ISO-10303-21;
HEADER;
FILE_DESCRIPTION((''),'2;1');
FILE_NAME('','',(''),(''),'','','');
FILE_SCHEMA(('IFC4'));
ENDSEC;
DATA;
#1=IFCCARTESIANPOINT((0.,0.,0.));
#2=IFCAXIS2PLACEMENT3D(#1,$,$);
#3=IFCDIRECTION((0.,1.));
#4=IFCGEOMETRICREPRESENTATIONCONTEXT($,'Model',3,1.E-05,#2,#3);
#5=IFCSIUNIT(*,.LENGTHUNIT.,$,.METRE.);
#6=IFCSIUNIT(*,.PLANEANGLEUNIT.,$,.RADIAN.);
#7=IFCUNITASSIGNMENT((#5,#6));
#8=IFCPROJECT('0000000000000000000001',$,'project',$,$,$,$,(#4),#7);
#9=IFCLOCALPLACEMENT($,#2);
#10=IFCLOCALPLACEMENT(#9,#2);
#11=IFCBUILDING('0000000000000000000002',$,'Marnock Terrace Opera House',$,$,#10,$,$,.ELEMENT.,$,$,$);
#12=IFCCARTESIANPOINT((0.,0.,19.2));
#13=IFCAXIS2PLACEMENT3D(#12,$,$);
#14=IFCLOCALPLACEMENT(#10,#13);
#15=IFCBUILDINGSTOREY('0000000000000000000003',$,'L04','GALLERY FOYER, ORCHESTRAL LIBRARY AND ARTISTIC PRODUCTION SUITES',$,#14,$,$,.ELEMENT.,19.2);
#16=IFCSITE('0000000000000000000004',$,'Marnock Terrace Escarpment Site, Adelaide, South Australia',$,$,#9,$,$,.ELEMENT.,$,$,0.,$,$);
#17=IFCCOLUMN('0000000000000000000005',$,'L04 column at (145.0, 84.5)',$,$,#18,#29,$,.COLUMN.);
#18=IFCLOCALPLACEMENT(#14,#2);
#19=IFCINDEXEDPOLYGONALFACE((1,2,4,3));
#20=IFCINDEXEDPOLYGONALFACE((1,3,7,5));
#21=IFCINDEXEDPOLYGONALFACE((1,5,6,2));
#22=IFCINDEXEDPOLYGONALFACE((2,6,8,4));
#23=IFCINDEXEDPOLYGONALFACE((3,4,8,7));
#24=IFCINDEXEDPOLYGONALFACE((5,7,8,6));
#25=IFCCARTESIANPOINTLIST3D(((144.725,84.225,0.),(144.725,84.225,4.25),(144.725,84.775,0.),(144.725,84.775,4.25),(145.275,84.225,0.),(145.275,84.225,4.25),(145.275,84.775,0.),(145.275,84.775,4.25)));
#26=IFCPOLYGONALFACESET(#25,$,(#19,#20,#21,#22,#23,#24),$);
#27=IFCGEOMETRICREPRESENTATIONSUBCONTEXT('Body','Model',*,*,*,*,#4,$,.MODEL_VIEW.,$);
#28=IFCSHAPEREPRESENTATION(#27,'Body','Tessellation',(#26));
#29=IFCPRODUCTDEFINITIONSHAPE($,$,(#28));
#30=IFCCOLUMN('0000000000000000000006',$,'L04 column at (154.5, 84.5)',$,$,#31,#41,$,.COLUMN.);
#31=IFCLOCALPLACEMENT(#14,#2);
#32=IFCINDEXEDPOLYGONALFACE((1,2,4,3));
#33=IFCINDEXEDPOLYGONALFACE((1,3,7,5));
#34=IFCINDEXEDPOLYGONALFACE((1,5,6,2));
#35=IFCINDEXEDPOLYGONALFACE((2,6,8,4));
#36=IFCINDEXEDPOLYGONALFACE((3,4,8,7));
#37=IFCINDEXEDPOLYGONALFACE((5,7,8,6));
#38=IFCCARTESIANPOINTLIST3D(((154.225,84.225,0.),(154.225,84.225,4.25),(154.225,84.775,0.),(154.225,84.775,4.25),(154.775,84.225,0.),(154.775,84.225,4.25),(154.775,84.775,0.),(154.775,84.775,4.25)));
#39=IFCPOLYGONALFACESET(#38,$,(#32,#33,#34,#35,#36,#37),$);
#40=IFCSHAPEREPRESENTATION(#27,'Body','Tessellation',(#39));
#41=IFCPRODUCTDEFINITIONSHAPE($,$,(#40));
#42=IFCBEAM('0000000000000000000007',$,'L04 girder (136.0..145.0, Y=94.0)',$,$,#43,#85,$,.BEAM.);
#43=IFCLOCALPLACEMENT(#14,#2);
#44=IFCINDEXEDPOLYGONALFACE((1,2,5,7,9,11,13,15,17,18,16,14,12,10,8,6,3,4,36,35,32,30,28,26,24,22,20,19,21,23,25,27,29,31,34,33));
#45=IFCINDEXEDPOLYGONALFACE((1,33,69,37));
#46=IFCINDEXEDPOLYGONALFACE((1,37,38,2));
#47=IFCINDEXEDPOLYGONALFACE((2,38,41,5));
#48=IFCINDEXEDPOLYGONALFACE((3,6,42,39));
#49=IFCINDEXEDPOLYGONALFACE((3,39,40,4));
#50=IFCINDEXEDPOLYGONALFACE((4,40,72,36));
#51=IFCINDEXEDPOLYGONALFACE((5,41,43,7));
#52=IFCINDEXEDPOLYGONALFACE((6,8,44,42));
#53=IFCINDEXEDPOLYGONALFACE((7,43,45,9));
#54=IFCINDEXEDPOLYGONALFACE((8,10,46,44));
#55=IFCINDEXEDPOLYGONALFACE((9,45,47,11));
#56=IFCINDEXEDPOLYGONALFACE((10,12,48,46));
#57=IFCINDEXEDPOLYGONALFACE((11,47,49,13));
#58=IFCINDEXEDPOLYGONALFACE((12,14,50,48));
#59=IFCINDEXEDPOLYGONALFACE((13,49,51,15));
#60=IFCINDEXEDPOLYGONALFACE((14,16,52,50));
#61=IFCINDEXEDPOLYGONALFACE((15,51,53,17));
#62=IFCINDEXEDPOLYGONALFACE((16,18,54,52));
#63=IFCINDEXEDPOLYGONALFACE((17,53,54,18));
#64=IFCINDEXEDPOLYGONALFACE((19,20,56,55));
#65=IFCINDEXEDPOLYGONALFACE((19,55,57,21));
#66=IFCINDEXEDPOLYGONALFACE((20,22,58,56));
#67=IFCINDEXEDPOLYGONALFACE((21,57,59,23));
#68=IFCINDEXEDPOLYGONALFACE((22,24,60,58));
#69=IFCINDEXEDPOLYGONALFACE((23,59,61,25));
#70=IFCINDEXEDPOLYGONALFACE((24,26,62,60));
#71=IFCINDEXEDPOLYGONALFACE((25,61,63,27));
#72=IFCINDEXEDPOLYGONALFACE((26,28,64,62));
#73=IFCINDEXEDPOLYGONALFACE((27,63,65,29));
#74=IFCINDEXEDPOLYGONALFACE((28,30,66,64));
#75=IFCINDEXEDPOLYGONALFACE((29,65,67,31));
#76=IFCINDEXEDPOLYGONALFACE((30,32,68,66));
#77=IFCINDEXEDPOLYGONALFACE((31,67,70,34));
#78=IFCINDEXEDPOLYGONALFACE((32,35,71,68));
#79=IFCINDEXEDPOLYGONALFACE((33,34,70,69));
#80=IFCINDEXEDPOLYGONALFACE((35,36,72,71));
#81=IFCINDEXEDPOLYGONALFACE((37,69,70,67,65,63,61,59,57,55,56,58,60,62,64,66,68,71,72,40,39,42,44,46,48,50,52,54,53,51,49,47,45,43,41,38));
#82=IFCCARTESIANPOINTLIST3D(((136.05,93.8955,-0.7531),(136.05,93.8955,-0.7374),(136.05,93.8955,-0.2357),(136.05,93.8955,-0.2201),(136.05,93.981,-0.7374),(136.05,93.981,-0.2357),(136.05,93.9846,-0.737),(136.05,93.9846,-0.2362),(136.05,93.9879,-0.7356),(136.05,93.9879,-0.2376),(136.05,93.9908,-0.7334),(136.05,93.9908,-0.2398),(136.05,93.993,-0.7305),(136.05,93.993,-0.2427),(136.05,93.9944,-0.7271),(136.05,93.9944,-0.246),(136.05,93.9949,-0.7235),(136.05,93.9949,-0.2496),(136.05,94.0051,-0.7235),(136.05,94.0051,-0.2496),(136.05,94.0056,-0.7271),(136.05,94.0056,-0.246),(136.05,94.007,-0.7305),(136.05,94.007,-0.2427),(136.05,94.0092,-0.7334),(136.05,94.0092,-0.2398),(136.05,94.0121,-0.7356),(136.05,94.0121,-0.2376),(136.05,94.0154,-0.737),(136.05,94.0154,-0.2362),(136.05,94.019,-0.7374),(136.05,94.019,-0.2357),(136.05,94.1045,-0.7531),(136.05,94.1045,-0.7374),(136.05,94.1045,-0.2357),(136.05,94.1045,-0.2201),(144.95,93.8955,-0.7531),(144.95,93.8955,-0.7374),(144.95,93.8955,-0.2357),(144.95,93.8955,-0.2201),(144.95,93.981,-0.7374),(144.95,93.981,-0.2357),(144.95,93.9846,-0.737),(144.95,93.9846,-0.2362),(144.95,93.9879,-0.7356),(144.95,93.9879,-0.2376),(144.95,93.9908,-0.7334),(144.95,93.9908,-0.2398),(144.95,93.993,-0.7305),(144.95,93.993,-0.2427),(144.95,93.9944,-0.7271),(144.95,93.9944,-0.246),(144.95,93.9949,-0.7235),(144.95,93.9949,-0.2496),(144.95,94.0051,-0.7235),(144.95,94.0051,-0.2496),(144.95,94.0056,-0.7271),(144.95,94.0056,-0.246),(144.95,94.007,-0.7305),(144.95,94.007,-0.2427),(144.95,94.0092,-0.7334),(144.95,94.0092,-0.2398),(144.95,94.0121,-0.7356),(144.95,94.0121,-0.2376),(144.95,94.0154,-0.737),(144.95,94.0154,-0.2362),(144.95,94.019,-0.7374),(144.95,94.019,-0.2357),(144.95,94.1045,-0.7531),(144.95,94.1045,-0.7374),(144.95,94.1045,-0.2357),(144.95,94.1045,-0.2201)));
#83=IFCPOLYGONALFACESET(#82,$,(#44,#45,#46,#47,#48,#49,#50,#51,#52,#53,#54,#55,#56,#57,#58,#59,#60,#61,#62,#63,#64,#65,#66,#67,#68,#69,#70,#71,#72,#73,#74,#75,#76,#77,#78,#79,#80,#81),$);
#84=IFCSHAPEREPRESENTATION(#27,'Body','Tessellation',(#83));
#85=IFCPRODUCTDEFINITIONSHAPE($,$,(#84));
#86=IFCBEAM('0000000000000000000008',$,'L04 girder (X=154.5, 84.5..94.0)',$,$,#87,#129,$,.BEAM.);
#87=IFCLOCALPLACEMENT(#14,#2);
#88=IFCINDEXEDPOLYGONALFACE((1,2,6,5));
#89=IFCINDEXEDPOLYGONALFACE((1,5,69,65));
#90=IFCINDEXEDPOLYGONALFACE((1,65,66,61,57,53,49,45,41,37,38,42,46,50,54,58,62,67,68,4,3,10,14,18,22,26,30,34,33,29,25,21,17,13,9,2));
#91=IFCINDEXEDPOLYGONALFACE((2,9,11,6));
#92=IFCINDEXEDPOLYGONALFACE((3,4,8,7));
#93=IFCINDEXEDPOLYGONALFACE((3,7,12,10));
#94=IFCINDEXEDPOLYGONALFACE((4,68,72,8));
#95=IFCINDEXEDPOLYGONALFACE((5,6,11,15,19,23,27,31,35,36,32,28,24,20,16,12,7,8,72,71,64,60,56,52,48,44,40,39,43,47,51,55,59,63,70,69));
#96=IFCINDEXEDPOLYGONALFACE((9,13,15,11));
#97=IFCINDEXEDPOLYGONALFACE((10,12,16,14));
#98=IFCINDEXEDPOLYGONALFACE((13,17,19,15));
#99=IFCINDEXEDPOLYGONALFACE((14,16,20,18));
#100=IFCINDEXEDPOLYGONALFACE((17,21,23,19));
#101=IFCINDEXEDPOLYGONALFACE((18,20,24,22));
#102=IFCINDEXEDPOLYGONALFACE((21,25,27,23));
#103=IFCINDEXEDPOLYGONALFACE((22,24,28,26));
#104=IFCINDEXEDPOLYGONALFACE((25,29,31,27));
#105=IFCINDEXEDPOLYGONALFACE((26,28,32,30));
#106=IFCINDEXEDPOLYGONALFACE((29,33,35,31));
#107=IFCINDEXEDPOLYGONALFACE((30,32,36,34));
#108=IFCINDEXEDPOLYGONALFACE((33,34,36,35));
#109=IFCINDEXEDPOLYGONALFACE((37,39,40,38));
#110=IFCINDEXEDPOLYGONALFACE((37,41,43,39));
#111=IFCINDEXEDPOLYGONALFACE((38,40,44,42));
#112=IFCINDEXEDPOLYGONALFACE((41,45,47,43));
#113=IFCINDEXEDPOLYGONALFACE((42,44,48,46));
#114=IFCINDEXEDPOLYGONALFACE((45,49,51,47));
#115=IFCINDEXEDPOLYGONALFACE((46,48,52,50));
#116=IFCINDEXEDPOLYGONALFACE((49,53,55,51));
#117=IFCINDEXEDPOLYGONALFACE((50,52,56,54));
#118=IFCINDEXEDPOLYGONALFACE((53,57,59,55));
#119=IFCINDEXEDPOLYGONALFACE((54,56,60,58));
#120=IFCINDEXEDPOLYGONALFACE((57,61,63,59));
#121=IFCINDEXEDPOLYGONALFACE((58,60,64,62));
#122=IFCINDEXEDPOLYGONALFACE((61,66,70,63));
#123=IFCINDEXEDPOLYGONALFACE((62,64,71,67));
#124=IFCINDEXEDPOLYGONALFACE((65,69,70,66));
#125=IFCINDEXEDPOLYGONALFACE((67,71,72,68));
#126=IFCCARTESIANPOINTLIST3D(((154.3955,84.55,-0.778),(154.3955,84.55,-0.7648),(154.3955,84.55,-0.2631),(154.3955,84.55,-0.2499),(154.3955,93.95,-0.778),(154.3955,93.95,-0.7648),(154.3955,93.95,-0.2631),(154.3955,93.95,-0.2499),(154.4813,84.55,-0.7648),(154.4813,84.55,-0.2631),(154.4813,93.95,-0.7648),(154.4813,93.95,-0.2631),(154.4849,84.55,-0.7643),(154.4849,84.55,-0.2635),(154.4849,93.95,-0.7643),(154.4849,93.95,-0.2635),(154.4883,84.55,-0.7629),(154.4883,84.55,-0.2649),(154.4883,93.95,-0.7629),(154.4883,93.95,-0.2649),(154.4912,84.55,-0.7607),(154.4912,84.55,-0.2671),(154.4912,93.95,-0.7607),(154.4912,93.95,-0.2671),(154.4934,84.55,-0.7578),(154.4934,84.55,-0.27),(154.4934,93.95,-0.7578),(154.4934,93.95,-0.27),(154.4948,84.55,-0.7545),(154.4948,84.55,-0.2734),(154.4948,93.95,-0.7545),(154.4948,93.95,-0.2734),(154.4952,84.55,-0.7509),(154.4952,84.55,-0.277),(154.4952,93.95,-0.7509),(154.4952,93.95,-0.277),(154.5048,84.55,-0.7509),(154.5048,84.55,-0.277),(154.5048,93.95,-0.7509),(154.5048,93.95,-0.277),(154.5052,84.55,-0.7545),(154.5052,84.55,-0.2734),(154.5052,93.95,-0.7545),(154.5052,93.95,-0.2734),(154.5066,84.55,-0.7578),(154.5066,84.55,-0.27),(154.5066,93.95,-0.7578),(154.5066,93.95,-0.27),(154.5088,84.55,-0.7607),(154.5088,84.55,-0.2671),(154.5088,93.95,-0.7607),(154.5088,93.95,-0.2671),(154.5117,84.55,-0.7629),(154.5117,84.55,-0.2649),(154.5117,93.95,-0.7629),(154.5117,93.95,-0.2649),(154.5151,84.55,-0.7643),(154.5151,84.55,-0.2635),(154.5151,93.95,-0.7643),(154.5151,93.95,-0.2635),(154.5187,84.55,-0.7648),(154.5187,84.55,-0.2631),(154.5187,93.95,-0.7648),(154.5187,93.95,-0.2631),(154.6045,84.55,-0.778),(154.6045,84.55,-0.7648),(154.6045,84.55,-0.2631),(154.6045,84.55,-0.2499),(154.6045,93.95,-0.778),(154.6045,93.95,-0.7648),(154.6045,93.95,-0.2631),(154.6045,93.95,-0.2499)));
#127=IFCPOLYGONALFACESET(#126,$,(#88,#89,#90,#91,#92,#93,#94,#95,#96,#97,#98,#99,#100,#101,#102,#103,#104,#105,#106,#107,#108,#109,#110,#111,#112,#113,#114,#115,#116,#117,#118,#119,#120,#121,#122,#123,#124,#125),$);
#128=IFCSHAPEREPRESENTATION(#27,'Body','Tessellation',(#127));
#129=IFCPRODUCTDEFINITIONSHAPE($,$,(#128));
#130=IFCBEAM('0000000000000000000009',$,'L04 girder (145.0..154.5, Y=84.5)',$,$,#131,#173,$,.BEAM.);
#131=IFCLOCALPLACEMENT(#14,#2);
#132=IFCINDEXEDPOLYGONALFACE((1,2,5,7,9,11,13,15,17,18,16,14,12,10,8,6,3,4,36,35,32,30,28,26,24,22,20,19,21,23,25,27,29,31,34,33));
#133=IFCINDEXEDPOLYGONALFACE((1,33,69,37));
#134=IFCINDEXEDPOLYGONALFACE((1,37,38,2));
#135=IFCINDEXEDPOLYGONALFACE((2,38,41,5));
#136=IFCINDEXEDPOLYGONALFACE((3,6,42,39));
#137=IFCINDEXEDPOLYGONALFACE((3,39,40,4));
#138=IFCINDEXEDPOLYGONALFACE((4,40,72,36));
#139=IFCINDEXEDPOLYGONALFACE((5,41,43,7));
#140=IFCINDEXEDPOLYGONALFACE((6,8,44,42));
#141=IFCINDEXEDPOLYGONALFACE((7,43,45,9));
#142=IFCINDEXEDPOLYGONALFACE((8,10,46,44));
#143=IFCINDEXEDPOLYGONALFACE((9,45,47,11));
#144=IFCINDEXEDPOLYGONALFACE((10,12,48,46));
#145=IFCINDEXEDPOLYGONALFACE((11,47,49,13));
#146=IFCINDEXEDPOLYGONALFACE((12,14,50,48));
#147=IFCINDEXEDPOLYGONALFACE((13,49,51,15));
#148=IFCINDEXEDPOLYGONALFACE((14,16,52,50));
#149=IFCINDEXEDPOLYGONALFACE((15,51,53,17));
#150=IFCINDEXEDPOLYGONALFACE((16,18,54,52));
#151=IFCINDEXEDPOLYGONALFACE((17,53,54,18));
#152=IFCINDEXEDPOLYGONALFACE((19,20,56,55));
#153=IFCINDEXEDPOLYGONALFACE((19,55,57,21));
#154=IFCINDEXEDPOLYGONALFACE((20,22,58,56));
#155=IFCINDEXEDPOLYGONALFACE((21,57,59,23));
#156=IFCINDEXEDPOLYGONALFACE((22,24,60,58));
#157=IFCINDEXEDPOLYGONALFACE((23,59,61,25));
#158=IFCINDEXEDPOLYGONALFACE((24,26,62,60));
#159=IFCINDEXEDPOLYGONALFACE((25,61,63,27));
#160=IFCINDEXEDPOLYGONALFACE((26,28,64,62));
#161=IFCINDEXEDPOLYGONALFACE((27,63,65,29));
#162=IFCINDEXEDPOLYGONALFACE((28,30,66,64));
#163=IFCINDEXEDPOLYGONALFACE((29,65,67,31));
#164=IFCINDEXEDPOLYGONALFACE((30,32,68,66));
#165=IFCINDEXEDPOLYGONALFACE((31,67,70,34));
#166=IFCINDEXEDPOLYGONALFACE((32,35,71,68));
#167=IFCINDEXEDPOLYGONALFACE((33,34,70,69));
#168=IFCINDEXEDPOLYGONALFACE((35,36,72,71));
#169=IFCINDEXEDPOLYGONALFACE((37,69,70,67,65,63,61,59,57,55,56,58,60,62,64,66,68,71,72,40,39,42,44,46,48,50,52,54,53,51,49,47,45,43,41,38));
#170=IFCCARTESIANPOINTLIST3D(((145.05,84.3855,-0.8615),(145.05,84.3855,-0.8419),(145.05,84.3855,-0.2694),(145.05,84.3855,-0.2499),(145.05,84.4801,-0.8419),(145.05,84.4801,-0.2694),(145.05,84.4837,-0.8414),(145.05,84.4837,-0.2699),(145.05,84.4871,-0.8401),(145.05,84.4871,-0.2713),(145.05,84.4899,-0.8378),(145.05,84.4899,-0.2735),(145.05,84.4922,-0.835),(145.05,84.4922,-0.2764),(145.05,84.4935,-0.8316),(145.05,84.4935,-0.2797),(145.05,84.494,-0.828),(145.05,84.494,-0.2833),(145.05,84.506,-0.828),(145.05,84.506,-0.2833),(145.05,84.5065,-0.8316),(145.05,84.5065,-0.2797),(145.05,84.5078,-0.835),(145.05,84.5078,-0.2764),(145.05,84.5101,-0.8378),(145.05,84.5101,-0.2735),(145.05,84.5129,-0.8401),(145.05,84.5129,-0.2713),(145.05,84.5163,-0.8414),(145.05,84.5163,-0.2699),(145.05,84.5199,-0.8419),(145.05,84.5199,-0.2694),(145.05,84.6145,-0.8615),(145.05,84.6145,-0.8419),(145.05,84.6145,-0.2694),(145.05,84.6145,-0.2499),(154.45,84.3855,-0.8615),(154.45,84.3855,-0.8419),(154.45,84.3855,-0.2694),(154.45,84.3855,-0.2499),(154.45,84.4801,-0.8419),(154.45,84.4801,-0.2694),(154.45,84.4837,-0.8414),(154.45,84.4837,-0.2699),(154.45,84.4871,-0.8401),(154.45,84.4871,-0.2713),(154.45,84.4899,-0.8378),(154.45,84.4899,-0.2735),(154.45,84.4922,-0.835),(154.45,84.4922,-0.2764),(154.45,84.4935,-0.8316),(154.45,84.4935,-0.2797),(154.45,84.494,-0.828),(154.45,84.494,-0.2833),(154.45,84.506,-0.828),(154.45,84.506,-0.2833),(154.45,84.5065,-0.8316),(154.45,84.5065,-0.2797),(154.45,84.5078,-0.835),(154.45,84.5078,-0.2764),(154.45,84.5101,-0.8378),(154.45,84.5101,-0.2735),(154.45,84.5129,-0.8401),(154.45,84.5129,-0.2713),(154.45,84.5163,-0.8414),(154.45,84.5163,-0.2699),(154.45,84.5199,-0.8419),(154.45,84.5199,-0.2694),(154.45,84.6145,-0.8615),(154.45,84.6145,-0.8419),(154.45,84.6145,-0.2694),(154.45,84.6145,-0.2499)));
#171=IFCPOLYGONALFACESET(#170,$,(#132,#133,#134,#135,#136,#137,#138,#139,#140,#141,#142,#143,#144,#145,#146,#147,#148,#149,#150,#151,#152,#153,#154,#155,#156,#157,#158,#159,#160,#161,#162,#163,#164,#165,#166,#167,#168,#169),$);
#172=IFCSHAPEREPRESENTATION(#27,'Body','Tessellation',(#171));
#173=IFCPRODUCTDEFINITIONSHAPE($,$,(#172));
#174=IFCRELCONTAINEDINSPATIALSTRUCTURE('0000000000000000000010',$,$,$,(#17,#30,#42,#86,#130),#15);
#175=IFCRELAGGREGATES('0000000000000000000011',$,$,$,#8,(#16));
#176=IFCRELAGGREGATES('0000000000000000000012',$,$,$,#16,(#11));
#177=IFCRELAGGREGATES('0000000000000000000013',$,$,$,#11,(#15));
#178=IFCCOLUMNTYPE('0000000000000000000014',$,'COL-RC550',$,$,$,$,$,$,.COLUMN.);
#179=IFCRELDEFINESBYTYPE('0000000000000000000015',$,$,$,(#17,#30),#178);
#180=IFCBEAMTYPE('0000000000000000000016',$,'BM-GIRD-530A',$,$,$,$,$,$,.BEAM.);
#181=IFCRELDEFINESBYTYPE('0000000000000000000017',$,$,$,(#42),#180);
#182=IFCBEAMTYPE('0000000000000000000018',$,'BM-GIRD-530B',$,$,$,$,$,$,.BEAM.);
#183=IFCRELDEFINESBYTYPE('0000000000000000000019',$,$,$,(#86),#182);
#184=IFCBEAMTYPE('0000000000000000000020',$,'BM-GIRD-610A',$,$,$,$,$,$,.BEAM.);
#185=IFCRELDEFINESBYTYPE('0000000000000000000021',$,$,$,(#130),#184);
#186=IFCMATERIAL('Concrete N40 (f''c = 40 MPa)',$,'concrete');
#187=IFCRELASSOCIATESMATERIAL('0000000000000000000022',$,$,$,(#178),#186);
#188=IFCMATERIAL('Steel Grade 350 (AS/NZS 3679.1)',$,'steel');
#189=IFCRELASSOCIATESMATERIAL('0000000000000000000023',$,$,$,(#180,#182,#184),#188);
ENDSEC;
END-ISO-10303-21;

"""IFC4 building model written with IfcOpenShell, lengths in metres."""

from ifc_helpers import new_model, si_unit, direction, frame, origin, origin_2d, place, context, subcontext, project, spatial, rectangle, i_section, extrude, material, material_profile, profile_set, type_object, element, save


model = new_model("IFC4")

# Units and contexts
model_context = context("Model", 3, precision=1e-05, world=origin(), true_north=direction((0.0, 1.0)))
body_context = subcontext(model_context, "Body", "Model", "MODEL_VIEW")
ifc_project = project(units=[si_unit("LENGTHUNIT", "METRE"), si_unit("PLANEANGLEUNIT", "RADIAN")], contexts=[model_context])

# Site, building, storey
site_placement = place(None, origin())
site = spatial("IfcSite", under=ifc_project, at=site_placement, Name="Marnock Terrace Escarpment Site, Adelaide, South Australia", CompositionType="ELEMENT", RefElevation=0.0)
building_placement = place(site_placement, origin())
building = spatial("IfcBuilding", under=site, at=building_placement, Name="Marnock Terrace Opera House", CompositionType="ELEMENT")
storey_placement = place(building_placement, frame((0.0, 0.0, 19.2)))
storey = spatial("IfcBuildingStorey", under=building, at=storey_placement, Name="L04", Description="GALLERY FOYER, ORCHESTRAL LIBRARY AND ARTISTIC PRODUCTION SUITES", CompositionType="ELEMENT", Elevation=19.2)

# Columns
ifc_material_1 = material(Name="Concrete N40 (f'c = 40 MPa)", Category="concrete")
ifc_material_profile_1 = material_profile(ifc_material_1, rectangle(XDim=0.55, YDim=0.55, at=origin_2d()))
ifc_profile_set_1 = profile_set([ifc_material_profile_1], Name="Concrete N40 (f'c = 40 MPa)")
column_type = type_object("IfcColumnType", Name="COL-RC550", PredefinedType="COLUMN", material=ifc_profile_set_1)
for number, where, z_axis, x_axis, name in (
    (1, (145.0, 84.5, 0.0), (0.0, 0.0, 1.0), (1.0, 0.0, 0.0), "L04 column at (145.0, 84.5)"),
    (2, (154.5, 84.5, 0.0), (0.0, 0.0, 1.0), (1.0, 0.0, 0.0), "L04 column at (154.5, 84.5)"),
):
    element("IfcColumn", number, at=place(storey_placement, frame(where, z_axis=z_axis, x_axis=x_axis)), inside=storey, type_object=column_type, Name=name, PredefinedType="COLUMN", context=body_context, shape_type="SweptSolid", body=[
        extrude(rectangle(XDim=0.55, YDim=0.55, at=origin_2d()), origin(), (0.0, 0.0, 1.0), 4.25),
    ])

# Beams
ifc_material_2 = material(Name="Steel Grade 350 (AS/NZS 3679.1)", Category="steel")
ifc_material_profile_2 = material_profile(ifc_material_2, i_section(OverallWidth=0.209, OverallDepth=0.533, WebThickness=0.0103, FlangeThickness=0.0156, FilletRadius=0.0139, at=origin_2d()))
ifc_profile_set_2 = profile_set([ifc_material_profile_2], Name="Steel Grade 350 (AS/NZS 3679.1)")
beam_type_1 = type_object("IfcBeamType", Name="BM-GIRD-530A", PredefinedType="BEAM", material=ifc_profile_set_2)
beam_1_placement = place(storey_placement, frame((136.05, 94.0, -0.4866), z_axis=(1.0, 0.0, 0.0), x_axis=(0.0, 1.0, 0.0)))
element("IfcBeam", 3, at=beam_1_placement, inside=storey, type_object=beam_type_1, Name="L04 girder (136.0..145.0, Y=94.0)", PredefinedType="BEAM", context=body_context, shape_type="SweptSolid", body=[
    extrude(i_section(OverallWidth=0.209, OverallDepth=0.533, WebThickness=0.0103, FlangeThickness=0.0156, FilletRadius=0.0139, at=origin_2d()), origin(), (0.0, 0.0, 1.0), 8.8999),
])
ifc_material_profile_3 = material_profile(ifc_material_2, i_section(OverallWidth=0.209, OverallDepth=0.5281, WebThickness=0.0095, FlangeThickness=0.0132, FilletRadius=0.0139, at=origin_2d()))
ifc_profile_set_3 = profile_set([ifc_material_profile_3], Name="Steel Grade 350 (AS/NZS 3679.1)")
beam_type_2 = type_object("IfcBeamType", Name="BM-GIRD-530B", PredefinedType="BEAM", material=ifc_profile_set_3)
beam_2_placement = place(storey_placement, frame((154.5, 84.55, -0.5139), z_axis=(0.0, 1.0, 0.0), x_axis=(-1.0, 0.0, 0.0)))
element("IfcBeam", 4, at=beam_2_placement, inside=storey, type_object=beam_type_2, Name="L04 girder (X=154.5, 84.5..94.0)", PredefinedType="BEAM", context=body_context, shape_type="SweptSolid", body=[
    extrude(i_section(OverallWidth=0.209, OverallDepth=0.5281, WebThickness=0.0095, FlangeThickness=0.0132, FilletRadius=0.0139, at=origin_2d()), origin(), (0.0, 0.0, 1.0), 9.3999),
])
ifc_material_profile_4 = material_profile(ifc_material_2, i_section(OverallWidth=0.229, OverallDepth=0.6116, WebThickness=0.012, FlangeThickness=0.0195, FilletRadius=0.0139, at=origin_2d()))
ifc_profile_set_4 = profile_set([ifc_material_profile_4], Name="Steel Grade 350 (AS/NZS 3679.1)")
beam_type_3 = type_object("IfcBeamType", Name="BM-GIRD-610A", PredefinedType="BEAM", material=ifc_profile_set_4)
beam_3_placement = place(storey_placement, frame((145.05, 84.5, -0.5557), z_axis=(1.0, 0.0, 0.0), x_axis=(0.0, 1.0, 0.0)))
element("IfcBeam", 5, at=beam_3_placement, inside=storey, type_object=beam_type_3, Name="L04 girder (145.0..154.5, Y=84.5)", PredefinedType="BEAM", context=body_context, shape_type="SweptSolid", body=[
    extrude(i_section(OverallWidth=0.229, OverallDepth=0.6116, WebThickness=0.012, FlangeThickness=0.0195, FilletRadius=0.0139, at=origin_2d()), origin(), (0.0, 0.0, 1.0), 9.3999),
])

save(model, "model.ifc")
